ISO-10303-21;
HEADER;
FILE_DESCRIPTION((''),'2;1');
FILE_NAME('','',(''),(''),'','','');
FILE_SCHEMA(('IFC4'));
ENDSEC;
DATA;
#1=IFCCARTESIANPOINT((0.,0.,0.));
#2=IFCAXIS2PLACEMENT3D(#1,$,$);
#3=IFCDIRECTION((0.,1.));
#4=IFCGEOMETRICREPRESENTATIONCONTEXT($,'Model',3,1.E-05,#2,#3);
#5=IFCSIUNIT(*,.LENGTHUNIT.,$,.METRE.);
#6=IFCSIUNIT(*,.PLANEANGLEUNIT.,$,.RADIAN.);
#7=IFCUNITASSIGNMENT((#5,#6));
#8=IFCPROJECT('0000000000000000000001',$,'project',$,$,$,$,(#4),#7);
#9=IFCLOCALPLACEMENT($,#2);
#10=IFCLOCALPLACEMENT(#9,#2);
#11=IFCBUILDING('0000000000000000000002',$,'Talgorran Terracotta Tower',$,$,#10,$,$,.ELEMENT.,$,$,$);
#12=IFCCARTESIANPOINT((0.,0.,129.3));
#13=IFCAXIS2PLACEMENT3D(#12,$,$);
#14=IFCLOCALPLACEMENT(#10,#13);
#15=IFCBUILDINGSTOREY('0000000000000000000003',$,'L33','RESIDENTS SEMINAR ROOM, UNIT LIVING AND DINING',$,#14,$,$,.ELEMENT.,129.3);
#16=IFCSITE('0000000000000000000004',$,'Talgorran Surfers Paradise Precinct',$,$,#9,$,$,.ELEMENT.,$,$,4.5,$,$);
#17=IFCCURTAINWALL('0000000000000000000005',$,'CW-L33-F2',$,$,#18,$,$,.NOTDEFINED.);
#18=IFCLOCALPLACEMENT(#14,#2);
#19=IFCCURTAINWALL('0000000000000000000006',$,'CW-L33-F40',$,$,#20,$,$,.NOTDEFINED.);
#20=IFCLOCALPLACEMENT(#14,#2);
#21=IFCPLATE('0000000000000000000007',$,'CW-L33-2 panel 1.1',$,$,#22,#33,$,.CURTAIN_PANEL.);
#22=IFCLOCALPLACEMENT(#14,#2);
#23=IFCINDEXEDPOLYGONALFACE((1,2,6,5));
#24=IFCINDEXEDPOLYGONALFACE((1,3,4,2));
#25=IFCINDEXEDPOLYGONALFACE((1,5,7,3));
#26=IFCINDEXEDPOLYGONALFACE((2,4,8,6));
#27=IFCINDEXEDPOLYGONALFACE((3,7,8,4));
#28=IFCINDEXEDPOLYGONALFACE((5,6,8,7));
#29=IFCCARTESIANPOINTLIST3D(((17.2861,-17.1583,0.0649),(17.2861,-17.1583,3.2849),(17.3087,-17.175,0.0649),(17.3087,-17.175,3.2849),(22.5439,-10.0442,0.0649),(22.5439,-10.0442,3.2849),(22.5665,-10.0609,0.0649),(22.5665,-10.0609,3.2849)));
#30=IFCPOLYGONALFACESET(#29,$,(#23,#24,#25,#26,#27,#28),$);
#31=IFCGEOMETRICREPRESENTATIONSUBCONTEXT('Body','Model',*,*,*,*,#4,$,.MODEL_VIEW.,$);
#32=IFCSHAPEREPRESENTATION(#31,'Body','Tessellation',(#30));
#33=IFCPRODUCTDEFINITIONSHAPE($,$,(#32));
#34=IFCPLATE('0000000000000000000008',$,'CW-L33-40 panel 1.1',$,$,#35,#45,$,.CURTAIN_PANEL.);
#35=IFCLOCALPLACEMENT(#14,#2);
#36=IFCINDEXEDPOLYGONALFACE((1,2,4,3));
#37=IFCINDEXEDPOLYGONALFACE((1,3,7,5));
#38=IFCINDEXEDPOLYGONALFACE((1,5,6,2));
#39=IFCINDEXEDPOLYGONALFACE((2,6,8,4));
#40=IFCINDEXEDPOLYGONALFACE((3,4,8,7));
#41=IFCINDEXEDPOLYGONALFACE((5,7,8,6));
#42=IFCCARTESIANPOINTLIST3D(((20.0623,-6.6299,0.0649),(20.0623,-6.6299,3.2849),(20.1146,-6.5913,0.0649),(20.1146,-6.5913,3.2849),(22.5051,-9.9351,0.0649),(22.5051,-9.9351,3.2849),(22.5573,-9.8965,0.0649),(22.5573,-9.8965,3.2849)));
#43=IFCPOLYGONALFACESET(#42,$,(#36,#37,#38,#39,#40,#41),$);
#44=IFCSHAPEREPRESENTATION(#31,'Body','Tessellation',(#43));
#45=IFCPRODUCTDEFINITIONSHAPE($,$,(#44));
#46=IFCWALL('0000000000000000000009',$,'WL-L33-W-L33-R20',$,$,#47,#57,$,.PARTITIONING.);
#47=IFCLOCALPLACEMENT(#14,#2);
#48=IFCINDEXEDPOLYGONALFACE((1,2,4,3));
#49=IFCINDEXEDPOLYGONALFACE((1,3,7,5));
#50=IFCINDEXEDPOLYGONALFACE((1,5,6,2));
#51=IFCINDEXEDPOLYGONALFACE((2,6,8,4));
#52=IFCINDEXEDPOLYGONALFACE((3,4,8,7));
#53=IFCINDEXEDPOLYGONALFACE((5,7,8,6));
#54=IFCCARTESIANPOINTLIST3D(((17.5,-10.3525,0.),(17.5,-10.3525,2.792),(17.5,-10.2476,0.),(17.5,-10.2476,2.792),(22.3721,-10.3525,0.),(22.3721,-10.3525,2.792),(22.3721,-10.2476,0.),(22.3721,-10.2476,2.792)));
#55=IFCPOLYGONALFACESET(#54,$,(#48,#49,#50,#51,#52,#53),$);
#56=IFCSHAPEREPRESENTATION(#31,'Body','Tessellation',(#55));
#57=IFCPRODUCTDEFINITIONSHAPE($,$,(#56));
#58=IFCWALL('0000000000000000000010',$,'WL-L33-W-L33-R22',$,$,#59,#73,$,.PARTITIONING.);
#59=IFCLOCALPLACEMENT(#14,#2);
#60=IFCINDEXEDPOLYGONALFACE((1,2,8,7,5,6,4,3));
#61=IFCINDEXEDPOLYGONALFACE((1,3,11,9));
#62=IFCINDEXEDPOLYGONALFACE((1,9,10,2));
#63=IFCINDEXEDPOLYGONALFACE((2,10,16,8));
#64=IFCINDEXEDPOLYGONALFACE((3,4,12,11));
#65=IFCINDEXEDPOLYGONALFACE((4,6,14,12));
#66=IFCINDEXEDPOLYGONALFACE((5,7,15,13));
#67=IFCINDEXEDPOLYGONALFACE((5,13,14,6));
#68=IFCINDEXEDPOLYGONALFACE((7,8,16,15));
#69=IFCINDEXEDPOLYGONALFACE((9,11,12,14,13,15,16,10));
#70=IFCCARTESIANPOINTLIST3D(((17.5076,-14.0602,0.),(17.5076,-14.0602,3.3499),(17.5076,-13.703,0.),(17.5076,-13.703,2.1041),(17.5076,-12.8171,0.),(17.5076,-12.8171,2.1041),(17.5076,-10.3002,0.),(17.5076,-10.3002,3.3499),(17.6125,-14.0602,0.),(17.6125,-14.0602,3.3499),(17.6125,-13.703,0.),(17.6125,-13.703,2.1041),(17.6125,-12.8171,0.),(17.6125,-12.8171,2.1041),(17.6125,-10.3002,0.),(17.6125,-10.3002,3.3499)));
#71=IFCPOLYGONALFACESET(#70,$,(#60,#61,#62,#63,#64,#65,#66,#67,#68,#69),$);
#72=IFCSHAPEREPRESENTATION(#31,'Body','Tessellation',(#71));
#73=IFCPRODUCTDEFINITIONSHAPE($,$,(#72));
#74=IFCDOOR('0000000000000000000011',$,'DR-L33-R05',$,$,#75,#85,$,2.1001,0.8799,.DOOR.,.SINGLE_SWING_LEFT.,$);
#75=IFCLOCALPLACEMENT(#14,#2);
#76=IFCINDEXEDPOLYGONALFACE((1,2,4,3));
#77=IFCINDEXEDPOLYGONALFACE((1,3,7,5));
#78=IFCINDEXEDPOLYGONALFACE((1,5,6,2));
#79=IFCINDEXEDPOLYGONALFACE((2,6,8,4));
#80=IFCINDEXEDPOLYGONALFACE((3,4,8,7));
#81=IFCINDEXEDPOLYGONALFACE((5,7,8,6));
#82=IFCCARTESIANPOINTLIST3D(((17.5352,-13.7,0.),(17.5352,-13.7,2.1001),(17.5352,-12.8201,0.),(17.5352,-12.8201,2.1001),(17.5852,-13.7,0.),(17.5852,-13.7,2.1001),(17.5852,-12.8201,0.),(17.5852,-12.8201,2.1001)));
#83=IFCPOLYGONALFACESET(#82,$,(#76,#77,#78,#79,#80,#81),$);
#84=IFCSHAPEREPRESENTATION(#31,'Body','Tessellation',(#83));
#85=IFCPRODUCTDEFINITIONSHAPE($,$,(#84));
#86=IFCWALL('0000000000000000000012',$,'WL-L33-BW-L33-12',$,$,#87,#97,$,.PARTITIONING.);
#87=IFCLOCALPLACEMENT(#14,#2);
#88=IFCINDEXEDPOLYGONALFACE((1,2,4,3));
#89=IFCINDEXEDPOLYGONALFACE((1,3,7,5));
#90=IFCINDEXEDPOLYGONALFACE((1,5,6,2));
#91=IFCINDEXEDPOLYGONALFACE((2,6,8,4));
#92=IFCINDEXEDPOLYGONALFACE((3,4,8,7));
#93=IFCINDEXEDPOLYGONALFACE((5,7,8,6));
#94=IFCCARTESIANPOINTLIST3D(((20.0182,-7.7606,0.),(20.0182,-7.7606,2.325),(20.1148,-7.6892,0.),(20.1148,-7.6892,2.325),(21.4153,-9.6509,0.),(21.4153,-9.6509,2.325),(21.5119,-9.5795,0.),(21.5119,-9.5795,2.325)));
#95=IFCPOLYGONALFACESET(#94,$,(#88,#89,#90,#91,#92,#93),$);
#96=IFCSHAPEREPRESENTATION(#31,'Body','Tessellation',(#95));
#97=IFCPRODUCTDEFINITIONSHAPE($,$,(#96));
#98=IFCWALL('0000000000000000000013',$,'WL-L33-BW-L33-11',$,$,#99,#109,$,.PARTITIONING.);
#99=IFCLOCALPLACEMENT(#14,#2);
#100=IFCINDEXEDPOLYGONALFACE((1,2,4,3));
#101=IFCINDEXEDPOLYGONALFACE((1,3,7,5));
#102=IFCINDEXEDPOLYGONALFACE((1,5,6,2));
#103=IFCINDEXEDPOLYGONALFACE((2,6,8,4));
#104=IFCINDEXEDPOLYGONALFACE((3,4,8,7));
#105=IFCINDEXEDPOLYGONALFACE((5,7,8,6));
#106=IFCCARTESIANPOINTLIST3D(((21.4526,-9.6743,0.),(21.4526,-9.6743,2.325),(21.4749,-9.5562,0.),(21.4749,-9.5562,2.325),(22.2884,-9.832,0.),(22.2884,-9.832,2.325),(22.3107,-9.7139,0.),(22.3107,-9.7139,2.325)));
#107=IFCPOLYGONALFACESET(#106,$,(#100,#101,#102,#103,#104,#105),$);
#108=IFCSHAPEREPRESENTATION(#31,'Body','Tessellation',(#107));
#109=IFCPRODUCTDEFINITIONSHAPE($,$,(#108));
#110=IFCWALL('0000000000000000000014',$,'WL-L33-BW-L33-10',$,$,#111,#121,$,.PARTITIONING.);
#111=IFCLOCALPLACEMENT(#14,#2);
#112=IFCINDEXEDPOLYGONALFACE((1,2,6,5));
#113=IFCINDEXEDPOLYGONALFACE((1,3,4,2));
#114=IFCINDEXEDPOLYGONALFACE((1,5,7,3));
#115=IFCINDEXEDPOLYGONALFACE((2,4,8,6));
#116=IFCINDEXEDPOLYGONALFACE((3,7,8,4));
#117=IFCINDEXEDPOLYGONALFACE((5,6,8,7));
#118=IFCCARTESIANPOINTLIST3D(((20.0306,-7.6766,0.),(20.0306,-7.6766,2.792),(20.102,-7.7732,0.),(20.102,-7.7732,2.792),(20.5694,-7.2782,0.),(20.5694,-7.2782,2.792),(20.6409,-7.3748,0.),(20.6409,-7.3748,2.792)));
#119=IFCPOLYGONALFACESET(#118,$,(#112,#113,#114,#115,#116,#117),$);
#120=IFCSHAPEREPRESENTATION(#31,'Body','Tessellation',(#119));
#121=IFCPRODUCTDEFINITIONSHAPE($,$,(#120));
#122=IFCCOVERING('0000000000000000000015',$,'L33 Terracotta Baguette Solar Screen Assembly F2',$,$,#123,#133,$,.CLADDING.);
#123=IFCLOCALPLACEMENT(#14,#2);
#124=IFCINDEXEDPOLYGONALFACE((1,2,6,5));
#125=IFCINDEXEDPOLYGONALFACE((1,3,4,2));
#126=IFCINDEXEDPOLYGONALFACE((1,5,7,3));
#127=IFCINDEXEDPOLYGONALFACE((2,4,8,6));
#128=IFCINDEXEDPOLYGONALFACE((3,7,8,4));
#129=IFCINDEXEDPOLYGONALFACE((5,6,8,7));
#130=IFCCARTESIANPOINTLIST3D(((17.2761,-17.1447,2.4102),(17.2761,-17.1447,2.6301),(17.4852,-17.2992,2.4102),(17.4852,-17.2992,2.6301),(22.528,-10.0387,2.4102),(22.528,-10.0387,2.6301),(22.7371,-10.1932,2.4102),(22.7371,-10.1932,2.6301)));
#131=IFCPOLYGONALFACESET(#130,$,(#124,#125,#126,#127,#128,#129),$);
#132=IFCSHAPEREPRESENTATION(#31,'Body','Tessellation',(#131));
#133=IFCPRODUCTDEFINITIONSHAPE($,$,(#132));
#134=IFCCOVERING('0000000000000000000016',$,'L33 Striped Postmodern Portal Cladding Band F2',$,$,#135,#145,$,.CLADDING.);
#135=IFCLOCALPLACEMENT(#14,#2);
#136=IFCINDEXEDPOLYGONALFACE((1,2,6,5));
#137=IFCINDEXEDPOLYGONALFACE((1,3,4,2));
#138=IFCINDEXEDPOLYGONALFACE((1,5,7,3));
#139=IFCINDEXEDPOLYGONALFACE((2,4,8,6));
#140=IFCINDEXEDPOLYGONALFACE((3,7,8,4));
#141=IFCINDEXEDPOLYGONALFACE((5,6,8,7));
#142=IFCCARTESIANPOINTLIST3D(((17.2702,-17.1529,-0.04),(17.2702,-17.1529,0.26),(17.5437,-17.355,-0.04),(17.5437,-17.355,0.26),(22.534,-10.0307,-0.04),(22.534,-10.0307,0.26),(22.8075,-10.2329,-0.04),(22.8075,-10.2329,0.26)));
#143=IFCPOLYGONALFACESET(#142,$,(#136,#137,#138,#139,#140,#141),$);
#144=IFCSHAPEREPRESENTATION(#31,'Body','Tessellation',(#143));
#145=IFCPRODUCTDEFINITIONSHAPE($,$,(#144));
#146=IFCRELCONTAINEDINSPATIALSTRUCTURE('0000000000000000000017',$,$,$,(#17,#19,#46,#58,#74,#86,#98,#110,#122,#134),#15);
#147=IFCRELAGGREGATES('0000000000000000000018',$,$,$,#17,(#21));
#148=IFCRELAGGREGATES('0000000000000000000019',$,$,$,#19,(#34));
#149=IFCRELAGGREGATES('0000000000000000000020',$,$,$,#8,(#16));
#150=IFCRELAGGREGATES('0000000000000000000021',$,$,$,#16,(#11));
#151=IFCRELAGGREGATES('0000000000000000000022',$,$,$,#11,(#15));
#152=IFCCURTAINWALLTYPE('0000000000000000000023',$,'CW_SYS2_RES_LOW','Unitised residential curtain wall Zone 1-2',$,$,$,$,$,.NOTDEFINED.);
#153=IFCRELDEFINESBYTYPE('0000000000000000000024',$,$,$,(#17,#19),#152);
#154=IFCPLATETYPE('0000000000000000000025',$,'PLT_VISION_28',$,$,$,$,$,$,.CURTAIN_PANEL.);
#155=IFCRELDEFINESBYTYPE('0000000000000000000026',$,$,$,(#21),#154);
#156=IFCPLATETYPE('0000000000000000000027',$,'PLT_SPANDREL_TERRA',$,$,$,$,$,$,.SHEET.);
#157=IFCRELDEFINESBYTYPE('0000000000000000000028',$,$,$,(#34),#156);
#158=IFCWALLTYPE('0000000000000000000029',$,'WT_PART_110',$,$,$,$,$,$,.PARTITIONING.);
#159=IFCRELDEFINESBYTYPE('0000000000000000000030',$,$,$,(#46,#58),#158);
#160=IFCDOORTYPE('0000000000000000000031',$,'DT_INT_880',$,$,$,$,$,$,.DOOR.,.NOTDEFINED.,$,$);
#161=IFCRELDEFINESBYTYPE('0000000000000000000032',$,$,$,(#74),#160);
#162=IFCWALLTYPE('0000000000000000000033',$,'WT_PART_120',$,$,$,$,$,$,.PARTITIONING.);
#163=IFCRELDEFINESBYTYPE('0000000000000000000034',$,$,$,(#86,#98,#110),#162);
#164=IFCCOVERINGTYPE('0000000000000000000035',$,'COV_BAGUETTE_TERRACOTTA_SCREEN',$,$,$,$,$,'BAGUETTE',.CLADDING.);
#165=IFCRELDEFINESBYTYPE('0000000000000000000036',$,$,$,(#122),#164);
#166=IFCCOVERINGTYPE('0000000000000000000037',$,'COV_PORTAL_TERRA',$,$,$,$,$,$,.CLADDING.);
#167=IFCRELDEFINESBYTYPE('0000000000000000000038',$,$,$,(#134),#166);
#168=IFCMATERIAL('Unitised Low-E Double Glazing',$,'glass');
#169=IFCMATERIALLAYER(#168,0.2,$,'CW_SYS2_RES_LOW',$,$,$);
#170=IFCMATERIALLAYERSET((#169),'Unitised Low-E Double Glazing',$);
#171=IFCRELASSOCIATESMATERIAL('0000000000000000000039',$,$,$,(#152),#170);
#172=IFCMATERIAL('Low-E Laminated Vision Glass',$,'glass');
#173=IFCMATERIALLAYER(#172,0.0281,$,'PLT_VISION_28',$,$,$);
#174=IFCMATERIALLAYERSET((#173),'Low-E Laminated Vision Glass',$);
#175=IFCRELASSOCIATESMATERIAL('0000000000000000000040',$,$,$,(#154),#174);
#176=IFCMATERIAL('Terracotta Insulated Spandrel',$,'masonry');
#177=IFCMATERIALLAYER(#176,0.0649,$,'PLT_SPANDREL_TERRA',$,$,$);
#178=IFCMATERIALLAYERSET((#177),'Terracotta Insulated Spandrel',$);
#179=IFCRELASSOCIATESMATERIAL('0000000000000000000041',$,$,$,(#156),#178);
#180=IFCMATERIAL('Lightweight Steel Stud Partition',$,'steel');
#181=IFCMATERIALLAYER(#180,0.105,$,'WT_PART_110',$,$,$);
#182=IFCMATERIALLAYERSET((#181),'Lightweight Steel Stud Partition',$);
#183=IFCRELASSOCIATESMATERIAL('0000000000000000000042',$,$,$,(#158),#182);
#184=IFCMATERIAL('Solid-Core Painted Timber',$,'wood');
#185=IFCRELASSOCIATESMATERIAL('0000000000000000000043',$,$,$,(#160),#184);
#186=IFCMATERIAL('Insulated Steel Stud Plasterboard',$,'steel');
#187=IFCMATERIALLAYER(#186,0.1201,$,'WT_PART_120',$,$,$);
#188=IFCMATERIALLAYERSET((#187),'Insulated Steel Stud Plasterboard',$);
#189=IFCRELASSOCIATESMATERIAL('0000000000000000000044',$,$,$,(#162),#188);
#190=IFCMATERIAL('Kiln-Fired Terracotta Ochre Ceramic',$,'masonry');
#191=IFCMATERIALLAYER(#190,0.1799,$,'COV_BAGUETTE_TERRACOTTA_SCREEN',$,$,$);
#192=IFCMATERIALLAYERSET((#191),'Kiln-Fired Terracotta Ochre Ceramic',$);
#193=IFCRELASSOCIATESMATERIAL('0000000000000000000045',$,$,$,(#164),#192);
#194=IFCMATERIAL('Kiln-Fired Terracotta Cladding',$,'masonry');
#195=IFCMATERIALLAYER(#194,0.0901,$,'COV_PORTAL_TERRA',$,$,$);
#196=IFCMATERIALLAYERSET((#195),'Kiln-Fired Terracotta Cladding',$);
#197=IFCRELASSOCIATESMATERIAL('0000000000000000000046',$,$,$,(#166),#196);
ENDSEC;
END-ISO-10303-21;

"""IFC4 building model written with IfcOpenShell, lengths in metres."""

from ifc_helpers import new_model, si_unit, direction, frame, frame_2d, origin, origin_2d, place, context, subcontext, project, spatial, rectangle, extrude, source, transform, mapped, material, layer, layer_set, type_object, type_shapes, element, fill, aggregate, save


model = new_model("IFC4")

# Units and contexts
model_context = context("Model", 3, precision=1e-05, world=origin(), true_north=direction((0.0, 1.0)))
body_context = subcontext(model_context, "Body", "Model", "MODEL_VIEW")
ifc_project = project(units=[si_unit("LENGTHUNIT", "METRE"), si_unit("PLANEANGLEUNIT", "RADIAN")], contexts=[model_context])

# Site, building, storey
site_placement = place(None, origin())
site = spatial("IfcSite", under=ifc_project, at=site_placement, Name="Talgorran Surfers Paradise Precinct", CompositionType="ELEMENT", RefElevation=4.5)
building_placement = place(site_placement, origin())
building = spatial("IfcBuilding", under=site, at=building_placement, Name="Talgorran Terracotta Tower", CompositionType="ELEMENT")
storey_placement = place(building_placement, frame((0.0, 0.0, 129.3)))
storey = spatial("IfcBuildingStorey", under=building, at=storey_placement, Name="L33", Description="RESIDENTS SEMINAR ROOM, UNIT LIVING AND DINING", CompositionType="ELEMENT", Elevation=129.3)

# Curtain walls
ifc_material_1 = material(Name="Unitised Low-E Double Glazing", Category="glass")
ifc_layer_1 = layer(ifc_material_1, 0.2, Name="CW_SYS2_RES_LOW")
ifc_layer_set_1 = layer_set([ifc_layer_1], Name="Unitised Low-E Double Glazing")
curtain_wall_type = type_object("IfcCurtainWallType", Name="CW_SYS2_RES_LOW", Description="Unitised residential curtain wall Zone 1-2", PredefinedType="NOTDEFINED", material=ifc_layer_set_1)
curtain_wall_1_placement = place(storey_placement, origin())
curtain_wall_1 = element("IfcCurtainWall", 1, at=curtain_wall_1_placement, inside=storey, type_object=curtain_wall_type, Name="CW-L33-F2", PredefinedType="NOTDEFINED")
curtain_wall_2_placement = place(storey_placement, origin())
curtain_wall_2 = element("IfcCurtainWall", 2, at=curtain_wall_2_placement, inside=storey, type_object=curtain_wall_type, Name="CW-L33-F40", PredefinedType="NOTDEFINED")

# Plates
ifc_material_2 = material(Name="Low-E Laminated Vision Glass", Category="glass")
ifc_layer_2 = layer(ifc_material_2, 0.0281, Name="PLT_VISION_28")
ifc_layer_set_2 = layer_set([ifc_layer_2], Name="Low-E Laminated Vision Glass")
plate_type_1 = type_object("IfcPlateType", Name="PLT_VISION_28", PredefinedType="CURTAIN_PANEL", material=ifc_layer_set_2)
shared_shape_1 = source(origin(), body_context, "Body", "SweptSolid", [
    extrude(rectangle(XDim=8.8462, YDim=0.0281, at=origin_2d()), origin(), (0.0, 0.0, 1.0), 3.22),
])
type_shapes(plate_type_1, [shared_shape_1])
plate_1_placement = place(storey_placement, frame((19.9263, -13.6096, 0.0649), z_axis=(0.0, 0.0, 1.0), x_axis=(0.594358, 0.804201, 0.0)))
plate_1 = element("IfcPlate", 3, at=plate_1_placement, type_object=plate_type_1, Name="CW-L33-2 panel 1.1", PredefinedType="CURTAIN_PANEL", context=body_context, shape_type="MappedRepresentation", body=[
    mapped(shared_shape_1, transform((0.0, 0.0, 0.0), scale=1.0)),
])
aggregate(curtain_wall_1, [plate_1])
ifc_material_3 = material(Name="Terracotta Insulated Spandrel", Category="masonry")
ifc_layer_3 = layer(ifc_material_3, 0.0649, Name="PLT_SPANDREL_TERRA")
ifc_layer_set_3 = layer_set([ifc_layer_3], Name="Terracotta Insulated Spandrel")
plate_type_2 = type_object("IfcPlateType", Name="PLT_SPANDREL_TERRA", PredefinedType="SHEET", material=ifc_layer_set_3)
shared_shape_2 = source(origin(), body_context, "Body", "SweptSolid", [
    extrude(rectangle(XDim=4.1099, YDim=0.0649, at=origin_2d()), origin(), (0.0, 0.0, 1.0), 3.22),
])
type_shapes(plate_type_2, [shared_shape_2])
plate_2_placement = place(storey_placement, frame((21.3098, -8.2632, 0.0649), z_axis=(0.0, 0.0, 1.0), x_axis=(-0.594359, 0.8042, 0.0)))
plate_2 = element("IfcPlate", 4, at=plate_2_placement, type_object=plate_type_2, Name="CW-L33-40 panel 1.1", PredefinedType="CURTAIN_PANEL", context=body_context, shape_type="MappedRepresentation", body=[
    mapped(shared_shape_2, transform((0.0, 0.0, 0.0), scale=1.0)),
])
aggregate(curtain_wall_2, [plate_2])

# Wall
ifc_material_4 = material(Name="Lightweight Steel Stud Partition", Category="steel")
ifc_layer_4 = layer(ifc_material_4, 0.105, Name="WT_PART_110")
ifc_layer_set_4 = layer_set([ifc_layer_4], Name="Lightweight Steel Stud Partition")
wall_type_1 = type_object("IfcWallType", Name="WT_PART_110", PredefinedType="PARTITIONING", material=ifc_layer_set_4)
wall_1_placement = place(storey_placement, frame((17.5, -10.3, 0.0), z_axis=(0.0, 0.0, 1.0), x_axis=(1.0, 0.0, 0.0)))
element("IfcWall", 5, at=wall_1_placement, inside=storey, type_object=wall_type_1, Name="WL-L33-W-L33-R20", PredefinedType="PARTITIONING", context=body_context, shape_type="SweptSolid", body=[
    extrude(rectangle(XDim=4.8721, YDim=0.105, at=frame_2d((2.436, 0.0))), origin(), (0.0, 0.0, 1.0), 2.792),
])

# Wall, opening, door
wall_2_placement = place(storey_placement, frame((17.5601, -14.0601, 0.0), z_axis=(0.0, 0.0, 1.0), x_axis=(0.0, 1.0, 0.0)))
wall_2 = element("IfcWall", 6, at=wall_2_placement, inside=storey, type_object=wall_type_1, Name="WL-L33-W-L33-R22", PredefinedType="PARTITIONING", context=body_context, shape_type="SweptSolid", body=[
    extrude(rectangle(XDim=3.76, YDim=0.105, at=frame_2d((1.8799, 0.0))), origin(), (0.0, 0.0, 1.0), 3.3499),
])
opening_placement = place(wall_2_placement, frame((0.3601, 0.0, 0.0)))
opening = element("IfcOpeningElement", 7, at=opening_placement, cuts=wall_2, PredefinedType="OPENING", context=body_context, shape_type="SweptSolid", body=[
    extrude(rectangle(XDim=0.8859, YDim=2.1041, at=frame_2d((0.4399, 1.052))), frame((0.0, 0.0625, 0.0), z_axis=(0.0, -1.0, 0.0), x_axis=(1.0, 0.0, 0.0)), (0.0, 0.0, 1.0), 0.125),
])
ifc_material_5 = material(Name="Solid-Core Painted Timber", Category="wood")
door_type = type_object("IfcDoorType", Name="DT_INT_880", OperationType="NOTDEFINED", PredefinedType="DOOR", material=ifc_material_5)
door_placement = place(opening_placement, origin())
door = element("IfcDoor", 8, at=door_placement, inside=storey, type_object=door_type, Name="DR-L33-R05", OperationType="SINGLE_SWING_LEFT", OverallHeight=2.1001, OverallWidth=0.8799, PredefinedType="DOOR", context=body_context, shape_type="SweptSolid", body=[
    extrude(rectangle(XDim=0.8799, YDim=2.1001, at=frame_2d((0.4399, 1.05))), frame((0.0, 0.0249, 0.0), z_axis=(0.0, -1.0, 0.0), x_axis=(1.0, 0.0, 0.0)), (0.0, 0.0, 1.0), 0.05),
])
fill(opening, door)

# Walls
ifc_material_6 = material(Name="Insulated Steel Stud Plasterboard", Category="steel")
ifc_layer_5 = layer(ifc_material_6, 0.1201, Name="WT_PART_120")
ifc_layer_set_5 = layer_set([ifc_layer_5], Name="Insulated Steel Stud Plasterboard")
wall_type_2 = type_object("IfcWallType", Name="WT_PART_120", PredefinedType="PARTITIONING", material=ifc_layer_set_5)
wall_3_placement = place(storey_placement, frame((21.4636, -9.6152, 0.0), z_axis=(0.0, 0.0, 1.0), x_axis=(-0.594385, 0.80418, 0.0)))
element("IfcWall", 9, at=wall_3_placement, inside=storey, type_object=wall_type_2, Name="WL-L33-BW-L33-12", PredefinedType="PARTITIONING", context=body_context, shape_type="SweptSolid", body=[
    extrude(rectangle(XDim=2.3506, YDim=0.1201, at=frame_2d((1.1753, 0.0))), origin(), (0.0, 0.0, 1.0), 2.325),
])
wall_4_placement = place(storey_placement, frame((22.2996, -9.7729, 0.0), z_axis=(0.0, 0.0, 1.0), x_axis=(-0.982664, 0.185397, 0.0)))
element("IfcWall", 10, at=wall_4_placement, inside=storey, type_object=wall_type_2, Name="WL-L33-BW-L33-11", PredefinedType="PARTITIONING", context=body_context, shape_type="SweptSolid", body=[
    extrude(rectangle(XDim=0.8506, YDim=0.1201, at=frame_2d((0.4253, 0.0))), origin(), (0.0, 0.0, 1.0), 2.325),
])
wall_5_placement = place(storey_placement, frame((20.0664, -7.7249, 0.0), z_axis=(0.0, 0.0, 1.0), x_axis=(0.804047, 0.594565, 0.0)))
element("IfcWall", 11, at=wall_5_placement, inside=storey, type_object=wall_type_2, Name="WL-L33-BW-L33-10", PredefinedType="PARTITIONING", context=body_context, shape_type="SweptSolid", body=[
    extrude(rectangle(XDim=0.6702, YDim=0.1201, at=frame_2d((0.335, 0.0))), origin(), (0.0, 0.0, 1.0), 2.792),
])

# Coverings
ifc_material_7 = material(Name="Kiln-Fired Terracotta Ochre Ceramic", Category="masonry")
ifc_layer_6 = layer(ifc_material_7, 0.1799, Name="COV_BAGUETTE_TERRACOTTA_SCREEN")
ifc_layer_set_6 = layer_set([ifc_layer_6], Name="Kiln-Fired Terracotta Ochre Ceramic")
covering_type_1 = type_object("IfcCoveringType", Name="COV_BAGUETTE_TERRACOTTA_SCREEN", ElementType="BAGUETTE", PredefinedType="CLADDING", material=ifc_layer_set_6)
covering_1_placement = place(storey_placement, frame((20.0066, -13.6689, 2.4102), z_axis=(0.0, 0.0, 1.0), x_axis=(0.59436, 0.804199, 0.0)))
element("IfcCovering", 12, at=covering_1_placement, inside=storey, type_object=covering_type_1, Name="L33 Terracotta Baguette Solar Screen Assembly F2", PredefinedType="CLADDING", context=body_context, shape_type="SweptSolid", body=[
    extrude(rectangle(XDim=8.8362, YDim=0.26, at=origin_2d()), origin(), (0.0, 0.0, 1.0), 0.22),
])
ifc_material_8 = material(Name="Kiln-Fired Terracotta Cladding", Category="masonry")
ifc_layer_7 = layer(ifc_material_8, 0.0901, Name="COV_PORTAL_TERRA")
ifc_layer_set_7 = layer_set([ifc_layer_7], Name="Kiln-Fired Terracotta Cladding")
covering_type_2 = type_object("IfcCoveringType", Name="COV_PORTAL_TERRA", PredefinedType="CLADDING", material=ifc_layer_set_7)
covering_2_placement = place(storey_placement, frame((20.0388, -13.6929, -0.04), z_axis=(0.0, 0.0, 1.0), x_axis=(0.59436, 0.804199, 0.0)))
element("IfcCovering", 13, at=covering_2_placement, inside=storey, type_object=covering_type_2, Name="L33 Striped Postmodern Portal Cladding Band F2", PredefinedType="CLADDING", context=body_context, shape_type="SweptSolid", body=[
    extrude(rectangle(XDim=8.8562, YDim=0.3401, at=origin_2d()), origin(), (0.0, 0.0, 1.0), 0.3),
])

save(model, "model.ifc")
